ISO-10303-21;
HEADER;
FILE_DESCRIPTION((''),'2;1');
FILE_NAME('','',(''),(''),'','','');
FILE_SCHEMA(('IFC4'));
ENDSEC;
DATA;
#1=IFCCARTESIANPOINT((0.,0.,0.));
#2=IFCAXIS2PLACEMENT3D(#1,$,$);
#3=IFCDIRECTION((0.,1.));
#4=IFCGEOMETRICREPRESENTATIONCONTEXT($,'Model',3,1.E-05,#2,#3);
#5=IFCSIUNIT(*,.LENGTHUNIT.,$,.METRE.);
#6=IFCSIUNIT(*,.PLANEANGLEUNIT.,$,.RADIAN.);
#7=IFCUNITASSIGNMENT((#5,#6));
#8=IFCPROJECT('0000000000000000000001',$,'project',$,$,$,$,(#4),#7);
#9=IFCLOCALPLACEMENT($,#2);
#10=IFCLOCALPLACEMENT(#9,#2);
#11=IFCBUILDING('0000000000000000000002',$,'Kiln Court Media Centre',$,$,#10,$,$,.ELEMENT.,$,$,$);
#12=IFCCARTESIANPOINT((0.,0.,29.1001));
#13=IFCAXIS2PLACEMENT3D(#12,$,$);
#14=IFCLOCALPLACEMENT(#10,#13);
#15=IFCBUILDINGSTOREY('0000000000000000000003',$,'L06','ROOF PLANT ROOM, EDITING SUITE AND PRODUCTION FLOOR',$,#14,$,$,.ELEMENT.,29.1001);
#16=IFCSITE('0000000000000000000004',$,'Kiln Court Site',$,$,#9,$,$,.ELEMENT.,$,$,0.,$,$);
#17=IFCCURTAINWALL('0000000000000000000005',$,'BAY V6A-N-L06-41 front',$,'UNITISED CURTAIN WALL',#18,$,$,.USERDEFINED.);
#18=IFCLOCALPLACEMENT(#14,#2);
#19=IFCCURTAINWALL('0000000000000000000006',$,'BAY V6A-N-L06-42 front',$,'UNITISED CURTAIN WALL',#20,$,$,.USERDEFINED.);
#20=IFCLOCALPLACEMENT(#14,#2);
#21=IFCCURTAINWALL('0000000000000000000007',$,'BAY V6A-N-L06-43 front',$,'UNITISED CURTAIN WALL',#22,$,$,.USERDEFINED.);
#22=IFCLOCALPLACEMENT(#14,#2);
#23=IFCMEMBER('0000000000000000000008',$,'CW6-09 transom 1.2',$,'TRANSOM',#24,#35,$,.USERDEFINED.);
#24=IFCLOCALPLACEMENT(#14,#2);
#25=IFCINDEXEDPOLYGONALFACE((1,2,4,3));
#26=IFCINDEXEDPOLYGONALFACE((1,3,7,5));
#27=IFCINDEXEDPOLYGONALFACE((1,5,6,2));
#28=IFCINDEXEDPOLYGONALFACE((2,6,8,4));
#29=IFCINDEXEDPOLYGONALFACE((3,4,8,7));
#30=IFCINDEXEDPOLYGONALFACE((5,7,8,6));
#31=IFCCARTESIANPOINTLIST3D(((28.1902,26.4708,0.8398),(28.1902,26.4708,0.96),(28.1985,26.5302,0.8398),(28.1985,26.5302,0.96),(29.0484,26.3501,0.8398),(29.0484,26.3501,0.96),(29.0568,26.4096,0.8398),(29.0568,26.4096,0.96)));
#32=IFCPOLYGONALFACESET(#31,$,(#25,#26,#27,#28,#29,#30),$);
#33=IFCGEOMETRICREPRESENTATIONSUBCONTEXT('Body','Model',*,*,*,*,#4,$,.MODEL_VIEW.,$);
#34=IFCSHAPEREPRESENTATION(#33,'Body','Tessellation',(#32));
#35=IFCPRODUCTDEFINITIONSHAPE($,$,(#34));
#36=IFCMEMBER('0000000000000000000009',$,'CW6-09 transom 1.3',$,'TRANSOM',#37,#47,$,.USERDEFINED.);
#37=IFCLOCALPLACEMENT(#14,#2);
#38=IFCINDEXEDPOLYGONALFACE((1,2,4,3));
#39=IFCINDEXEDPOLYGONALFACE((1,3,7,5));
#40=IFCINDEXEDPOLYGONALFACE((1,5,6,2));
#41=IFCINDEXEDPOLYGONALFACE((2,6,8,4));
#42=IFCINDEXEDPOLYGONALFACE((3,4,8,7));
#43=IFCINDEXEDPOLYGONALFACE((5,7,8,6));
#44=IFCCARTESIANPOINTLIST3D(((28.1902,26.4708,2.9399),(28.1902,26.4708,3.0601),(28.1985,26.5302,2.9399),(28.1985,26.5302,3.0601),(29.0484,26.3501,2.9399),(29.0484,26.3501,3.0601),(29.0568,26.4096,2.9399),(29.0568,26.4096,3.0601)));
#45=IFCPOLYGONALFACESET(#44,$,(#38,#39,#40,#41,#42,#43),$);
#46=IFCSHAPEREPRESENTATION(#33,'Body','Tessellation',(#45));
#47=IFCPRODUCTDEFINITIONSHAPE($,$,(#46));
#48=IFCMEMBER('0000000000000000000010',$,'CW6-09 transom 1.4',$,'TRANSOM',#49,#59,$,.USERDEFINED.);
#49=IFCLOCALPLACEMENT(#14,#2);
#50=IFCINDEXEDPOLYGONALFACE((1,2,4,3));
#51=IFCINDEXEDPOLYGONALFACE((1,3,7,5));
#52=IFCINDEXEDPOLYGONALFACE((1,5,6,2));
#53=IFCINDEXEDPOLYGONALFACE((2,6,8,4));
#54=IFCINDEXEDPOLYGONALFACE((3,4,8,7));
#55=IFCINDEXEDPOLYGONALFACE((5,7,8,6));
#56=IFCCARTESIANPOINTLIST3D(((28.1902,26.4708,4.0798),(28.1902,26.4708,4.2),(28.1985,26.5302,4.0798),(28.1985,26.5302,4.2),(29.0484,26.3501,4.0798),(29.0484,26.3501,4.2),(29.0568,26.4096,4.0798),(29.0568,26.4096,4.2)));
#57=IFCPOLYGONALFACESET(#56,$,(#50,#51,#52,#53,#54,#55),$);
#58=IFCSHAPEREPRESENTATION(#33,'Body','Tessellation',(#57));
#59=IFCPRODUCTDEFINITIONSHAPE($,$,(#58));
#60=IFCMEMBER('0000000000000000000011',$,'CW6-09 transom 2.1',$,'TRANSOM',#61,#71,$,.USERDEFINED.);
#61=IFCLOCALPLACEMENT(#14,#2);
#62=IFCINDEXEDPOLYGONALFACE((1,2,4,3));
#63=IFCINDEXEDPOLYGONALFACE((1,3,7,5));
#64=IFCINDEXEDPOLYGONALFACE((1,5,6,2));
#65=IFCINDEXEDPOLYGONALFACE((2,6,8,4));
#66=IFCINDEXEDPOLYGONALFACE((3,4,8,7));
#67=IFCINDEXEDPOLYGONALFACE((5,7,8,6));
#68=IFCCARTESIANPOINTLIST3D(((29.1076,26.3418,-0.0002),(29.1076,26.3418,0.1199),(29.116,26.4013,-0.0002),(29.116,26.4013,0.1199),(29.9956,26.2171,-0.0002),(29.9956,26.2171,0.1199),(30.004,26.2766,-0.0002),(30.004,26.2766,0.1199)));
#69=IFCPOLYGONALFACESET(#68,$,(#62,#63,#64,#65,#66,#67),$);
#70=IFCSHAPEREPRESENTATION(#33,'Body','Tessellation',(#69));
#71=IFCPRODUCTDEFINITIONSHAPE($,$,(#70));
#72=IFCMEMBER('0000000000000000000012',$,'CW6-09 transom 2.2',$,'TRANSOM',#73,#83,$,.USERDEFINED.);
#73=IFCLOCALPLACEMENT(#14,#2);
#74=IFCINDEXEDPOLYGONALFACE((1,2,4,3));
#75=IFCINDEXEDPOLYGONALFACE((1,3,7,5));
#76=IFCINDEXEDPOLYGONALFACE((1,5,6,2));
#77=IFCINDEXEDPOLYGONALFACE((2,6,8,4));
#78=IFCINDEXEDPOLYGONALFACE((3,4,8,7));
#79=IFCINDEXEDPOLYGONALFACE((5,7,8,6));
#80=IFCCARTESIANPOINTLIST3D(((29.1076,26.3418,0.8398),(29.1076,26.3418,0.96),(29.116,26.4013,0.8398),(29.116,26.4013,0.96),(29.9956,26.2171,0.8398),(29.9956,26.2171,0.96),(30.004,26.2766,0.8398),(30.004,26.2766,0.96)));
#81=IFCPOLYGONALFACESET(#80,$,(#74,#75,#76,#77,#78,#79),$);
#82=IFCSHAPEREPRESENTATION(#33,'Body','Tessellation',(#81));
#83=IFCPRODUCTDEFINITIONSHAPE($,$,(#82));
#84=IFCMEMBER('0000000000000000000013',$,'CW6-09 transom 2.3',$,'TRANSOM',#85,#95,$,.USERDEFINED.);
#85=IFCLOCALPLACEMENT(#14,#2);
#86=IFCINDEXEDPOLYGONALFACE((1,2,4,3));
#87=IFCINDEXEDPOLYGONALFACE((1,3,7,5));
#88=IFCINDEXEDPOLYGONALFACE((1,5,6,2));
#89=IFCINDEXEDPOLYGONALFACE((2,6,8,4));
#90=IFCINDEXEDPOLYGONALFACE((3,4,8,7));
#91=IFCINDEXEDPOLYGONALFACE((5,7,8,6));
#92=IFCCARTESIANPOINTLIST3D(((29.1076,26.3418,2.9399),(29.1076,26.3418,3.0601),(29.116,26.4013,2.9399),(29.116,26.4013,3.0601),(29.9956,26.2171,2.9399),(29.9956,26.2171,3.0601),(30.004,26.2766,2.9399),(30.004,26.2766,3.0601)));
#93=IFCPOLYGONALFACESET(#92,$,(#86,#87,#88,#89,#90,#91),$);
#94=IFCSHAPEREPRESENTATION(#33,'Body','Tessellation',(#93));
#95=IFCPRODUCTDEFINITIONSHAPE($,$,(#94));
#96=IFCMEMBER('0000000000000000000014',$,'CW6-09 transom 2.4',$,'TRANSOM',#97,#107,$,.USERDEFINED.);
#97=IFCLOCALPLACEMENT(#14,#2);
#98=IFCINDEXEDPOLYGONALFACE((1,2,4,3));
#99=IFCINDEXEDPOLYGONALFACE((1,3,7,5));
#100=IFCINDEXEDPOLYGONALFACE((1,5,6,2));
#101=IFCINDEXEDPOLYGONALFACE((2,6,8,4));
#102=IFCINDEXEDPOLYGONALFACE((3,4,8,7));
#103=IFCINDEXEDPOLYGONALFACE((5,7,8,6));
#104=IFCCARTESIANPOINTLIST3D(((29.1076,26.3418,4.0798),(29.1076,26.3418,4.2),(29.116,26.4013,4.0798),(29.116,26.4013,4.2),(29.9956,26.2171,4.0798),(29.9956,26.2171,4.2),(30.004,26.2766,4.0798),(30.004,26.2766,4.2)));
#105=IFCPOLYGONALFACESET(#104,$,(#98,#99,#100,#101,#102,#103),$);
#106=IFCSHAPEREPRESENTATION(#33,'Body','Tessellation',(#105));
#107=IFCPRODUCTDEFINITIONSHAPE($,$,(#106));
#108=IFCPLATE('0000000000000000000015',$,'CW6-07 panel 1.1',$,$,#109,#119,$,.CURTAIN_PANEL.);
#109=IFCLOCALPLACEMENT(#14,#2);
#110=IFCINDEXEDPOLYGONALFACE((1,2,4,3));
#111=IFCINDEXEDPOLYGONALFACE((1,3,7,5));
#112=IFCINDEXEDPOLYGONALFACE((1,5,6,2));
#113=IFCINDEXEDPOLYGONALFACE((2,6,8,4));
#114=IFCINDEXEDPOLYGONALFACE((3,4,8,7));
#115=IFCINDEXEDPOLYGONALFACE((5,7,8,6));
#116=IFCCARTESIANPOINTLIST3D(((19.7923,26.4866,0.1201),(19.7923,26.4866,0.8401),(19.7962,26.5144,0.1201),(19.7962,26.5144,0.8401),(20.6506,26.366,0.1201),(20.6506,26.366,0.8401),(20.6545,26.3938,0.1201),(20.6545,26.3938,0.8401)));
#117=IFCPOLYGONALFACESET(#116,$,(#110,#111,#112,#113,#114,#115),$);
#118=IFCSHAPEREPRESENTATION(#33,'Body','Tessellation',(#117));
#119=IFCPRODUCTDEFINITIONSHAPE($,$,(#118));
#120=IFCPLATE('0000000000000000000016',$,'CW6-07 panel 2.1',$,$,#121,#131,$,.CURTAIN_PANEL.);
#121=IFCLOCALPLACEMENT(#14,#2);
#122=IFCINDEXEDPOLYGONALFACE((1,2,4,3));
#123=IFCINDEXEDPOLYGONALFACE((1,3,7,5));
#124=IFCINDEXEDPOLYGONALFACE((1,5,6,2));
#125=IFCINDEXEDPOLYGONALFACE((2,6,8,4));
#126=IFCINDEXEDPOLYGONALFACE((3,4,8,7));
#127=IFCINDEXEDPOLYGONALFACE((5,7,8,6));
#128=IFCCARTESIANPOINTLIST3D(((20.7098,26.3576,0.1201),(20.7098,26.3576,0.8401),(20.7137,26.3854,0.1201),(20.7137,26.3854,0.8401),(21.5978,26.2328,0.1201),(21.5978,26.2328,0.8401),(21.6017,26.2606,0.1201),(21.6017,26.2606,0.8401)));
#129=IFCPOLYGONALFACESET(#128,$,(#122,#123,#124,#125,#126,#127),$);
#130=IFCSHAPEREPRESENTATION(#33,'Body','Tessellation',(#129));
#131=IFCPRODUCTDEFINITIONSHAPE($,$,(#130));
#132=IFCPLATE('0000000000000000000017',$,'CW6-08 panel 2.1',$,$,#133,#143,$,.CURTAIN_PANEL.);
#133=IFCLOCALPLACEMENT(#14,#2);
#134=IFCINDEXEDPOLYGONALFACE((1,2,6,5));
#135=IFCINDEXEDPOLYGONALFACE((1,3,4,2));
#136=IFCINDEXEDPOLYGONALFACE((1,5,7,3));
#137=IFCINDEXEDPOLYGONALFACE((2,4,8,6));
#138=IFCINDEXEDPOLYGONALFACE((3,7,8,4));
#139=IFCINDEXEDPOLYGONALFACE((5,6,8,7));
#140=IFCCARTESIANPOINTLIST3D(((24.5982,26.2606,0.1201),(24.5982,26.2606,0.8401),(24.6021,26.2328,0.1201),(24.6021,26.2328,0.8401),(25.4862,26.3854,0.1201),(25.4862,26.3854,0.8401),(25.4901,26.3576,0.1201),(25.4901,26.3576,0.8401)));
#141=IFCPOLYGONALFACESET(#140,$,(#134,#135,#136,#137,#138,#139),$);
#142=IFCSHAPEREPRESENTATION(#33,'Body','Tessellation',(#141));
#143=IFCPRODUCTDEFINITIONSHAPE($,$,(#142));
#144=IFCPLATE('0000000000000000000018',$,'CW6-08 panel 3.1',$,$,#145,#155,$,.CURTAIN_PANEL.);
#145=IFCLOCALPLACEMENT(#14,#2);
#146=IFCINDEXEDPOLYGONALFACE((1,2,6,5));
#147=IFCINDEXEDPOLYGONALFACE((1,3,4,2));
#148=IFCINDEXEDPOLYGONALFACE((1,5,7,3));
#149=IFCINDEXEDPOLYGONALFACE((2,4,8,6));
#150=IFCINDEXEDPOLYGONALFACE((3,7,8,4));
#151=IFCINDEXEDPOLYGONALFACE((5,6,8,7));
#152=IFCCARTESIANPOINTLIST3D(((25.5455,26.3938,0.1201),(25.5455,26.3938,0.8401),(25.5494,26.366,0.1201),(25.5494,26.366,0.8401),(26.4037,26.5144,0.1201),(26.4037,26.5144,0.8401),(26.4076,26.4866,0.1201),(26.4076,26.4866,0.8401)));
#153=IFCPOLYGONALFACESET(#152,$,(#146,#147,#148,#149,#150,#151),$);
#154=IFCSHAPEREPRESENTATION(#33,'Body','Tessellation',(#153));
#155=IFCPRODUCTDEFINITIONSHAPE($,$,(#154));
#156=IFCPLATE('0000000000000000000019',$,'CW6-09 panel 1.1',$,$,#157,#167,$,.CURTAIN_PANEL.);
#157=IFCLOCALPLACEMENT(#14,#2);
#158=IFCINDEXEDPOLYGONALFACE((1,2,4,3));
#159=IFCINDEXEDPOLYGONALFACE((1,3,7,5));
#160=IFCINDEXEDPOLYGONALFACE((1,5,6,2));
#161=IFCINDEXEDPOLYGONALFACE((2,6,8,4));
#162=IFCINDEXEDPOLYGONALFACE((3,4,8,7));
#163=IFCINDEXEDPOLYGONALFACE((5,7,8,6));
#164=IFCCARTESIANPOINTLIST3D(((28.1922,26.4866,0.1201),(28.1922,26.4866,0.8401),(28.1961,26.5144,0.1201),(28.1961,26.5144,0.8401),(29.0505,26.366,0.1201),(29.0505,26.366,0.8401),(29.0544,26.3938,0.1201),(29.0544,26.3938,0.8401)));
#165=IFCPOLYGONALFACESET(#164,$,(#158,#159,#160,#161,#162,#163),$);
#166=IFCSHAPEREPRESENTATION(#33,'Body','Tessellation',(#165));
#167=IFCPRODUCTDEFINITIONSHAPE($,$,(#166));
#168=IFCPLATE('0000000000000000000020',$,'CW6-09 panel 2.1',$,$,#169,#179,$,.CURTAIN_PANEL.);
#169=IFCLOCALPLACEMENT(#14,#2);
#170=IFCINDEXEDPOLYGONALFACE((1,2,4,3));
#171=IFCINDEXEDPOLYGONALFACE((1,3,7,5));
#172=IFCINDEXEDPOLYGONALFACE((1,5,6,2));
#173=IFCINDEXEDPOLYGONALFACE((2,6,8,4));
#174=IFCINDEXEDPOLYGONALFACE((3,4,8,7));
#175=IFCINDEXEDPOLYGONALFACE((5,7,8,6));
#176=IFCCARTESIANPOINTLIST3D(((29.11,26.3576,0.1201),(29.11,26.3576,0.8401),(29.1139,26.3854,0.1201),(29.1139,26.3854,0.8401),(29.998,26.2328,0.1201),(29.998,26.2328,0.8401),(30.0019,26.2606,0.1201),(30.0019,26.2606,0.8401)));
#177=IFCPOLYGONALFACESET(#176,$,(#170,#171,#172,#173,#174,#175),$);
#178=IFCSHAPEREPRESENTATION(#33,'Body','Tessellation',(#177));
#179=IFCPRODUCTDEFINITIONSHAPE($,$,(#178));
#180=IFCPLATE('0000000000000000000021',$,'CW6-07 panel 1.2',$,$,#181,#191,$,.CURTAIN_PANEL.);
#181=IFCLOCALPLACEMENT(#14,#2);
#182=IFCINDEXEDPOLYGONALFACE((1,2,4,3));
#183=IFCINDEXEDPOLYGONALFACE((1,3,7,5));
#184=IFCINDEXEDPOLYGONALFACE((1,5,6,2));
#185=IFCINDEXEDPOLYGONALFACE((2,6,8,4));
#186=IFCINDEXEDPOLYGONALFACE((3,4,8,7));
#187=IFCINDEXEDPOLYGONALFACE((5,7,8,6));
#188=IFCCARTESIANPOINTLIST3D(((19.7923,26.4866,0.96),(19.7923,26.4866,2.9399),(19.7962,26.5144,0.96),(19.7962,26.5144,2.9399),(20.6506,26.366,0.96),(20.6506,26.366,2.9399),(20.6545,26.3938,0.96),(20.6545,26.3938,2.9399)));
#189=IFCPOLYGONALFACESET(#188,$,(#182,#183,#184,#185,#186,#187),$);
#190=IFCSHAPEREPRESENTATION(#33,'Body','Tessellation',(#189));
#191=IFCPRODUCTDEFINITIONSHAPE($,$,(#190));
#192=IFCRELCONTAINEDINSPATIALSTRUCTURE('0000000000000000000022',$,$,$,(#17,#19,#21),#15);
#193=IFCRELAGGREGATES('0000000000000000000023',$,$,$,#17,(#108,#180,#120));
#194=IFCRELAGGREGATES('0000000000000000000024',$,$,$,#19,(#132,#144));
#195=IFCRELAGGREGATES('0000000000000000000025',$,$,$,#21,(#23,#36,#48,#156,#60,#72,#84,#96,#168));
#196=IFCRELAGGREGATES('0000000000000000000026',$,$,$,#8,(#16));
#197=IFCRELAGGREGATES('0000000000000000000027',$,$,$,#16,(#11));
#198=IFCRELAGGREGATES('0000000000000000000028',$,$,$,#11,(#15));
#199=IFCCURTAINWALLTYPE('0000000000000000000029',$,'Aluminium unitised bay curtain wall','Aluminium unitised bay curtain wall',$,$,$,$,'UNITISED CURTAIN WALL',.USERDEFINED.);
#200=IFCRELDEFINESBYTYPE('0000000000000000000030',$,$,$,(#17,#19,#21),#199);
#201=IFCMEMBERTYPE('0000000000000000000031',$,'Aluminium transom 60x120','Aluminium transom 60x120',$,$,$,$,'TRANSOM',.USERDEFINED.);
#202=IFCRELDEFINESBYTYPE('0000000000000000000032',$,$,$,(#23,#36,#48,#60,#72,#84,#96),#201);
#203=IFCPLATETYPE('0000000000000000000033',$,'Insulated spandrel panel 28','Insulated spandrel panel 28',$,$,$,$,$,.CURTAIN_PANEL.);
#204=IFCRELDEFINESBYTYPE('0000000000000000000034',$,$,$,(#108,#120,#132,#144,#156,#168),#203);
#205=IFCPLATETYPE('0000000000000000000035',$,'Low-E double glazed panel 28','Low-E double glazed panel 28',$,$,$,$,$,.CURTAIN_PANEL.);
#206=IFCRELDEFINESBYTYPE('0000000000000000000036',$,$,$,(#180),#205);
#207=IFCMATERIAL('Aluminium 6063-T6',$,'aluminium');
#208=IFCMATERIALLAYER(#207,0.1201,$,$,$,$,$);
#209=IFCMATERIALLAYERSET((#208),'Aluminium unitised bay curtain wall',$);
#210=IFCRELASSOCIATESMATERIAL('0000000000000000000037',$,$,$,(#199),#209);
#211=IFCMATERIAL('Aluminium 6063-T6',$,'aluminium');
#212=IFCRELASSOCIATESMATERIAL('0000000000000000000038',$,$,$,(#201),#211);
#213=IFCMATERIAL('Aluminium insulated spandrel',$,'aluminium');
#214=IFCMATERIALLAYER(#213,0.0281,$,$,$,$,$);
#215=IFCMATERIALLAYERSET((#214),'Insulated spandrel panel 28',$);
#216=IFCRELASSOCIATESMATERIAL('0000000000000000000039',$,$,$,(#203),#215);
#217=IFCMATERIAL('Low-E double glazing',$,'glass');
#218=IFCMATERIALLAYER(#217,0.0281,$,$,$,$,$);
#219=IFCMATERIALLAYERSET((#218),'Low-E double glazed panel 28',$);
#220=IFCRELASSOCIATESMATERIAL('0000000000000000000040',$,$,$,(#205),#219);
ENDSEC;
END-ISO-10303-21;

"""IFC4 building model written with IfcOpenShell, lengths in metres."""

from ifc_helpers import new_model, si_unit, direction, frame, origin, origin_2d, place, context, subcontext, project, spatial, rectangle, extrude, material, layer, layer_set, material_profile, profile_set, type_object, element, aggregate, save


model = new_model("IFC4")

# Units and contexts
model_context = context("Model", 3, precision=1e-05, world=origin(), true_north=direction((0.0, 1.0)))
body_context = subcontext(model_context, "Body", "Model", "MODEL_VIEW")
ifc_project = project(units=[si_unit("LENGTHUNIT", "METRE"), si_unit("PLANEANGLEUNIT", "RADIAN")], contexts=[model_context])

# Site, building, storey
site_placement = place(None, origin())
site = spatial("IfcSite", under=ifc_project, at=site_placement, Name="Kiln Court Site", CompositionType="ELEMENT", RefElevation=0.0)
building_placement = place(site_placement, origin())
building = spatial("IfcBuilding", under=site, at=building_placement, Name="Kiln Court Media Centre", CompositionType="ELEMENT")
storey_placement = place(building_placement, frame((0.0, 0.0, 29.1001)))
storey = spatial("IfcBuildingStorey", under=building, at=storey_placement, Name="L06", Description="ROOF PLANT ROOM, EDITING SUITE AND PRODUCTION FLOOR", CompositionType="ELEMENT", Elevation=29.1001)

# Curtain walls
ifc_material_1 = material(Name="Aluminium 6063-T6", Category="aluminium")
ifc_layer_1 = layer(ifc_material_1, 0.1201)
ifc_layer_set_1 = layer_set([ifc_layer_1], Name="Aluminium unitised bay curtain wall")
curtain_wall_type = type_object("IfcCurtainWallType", Name="Aluminium unitised bay curtain wall", Description="Aluminium unitised bay curtain wall", ElementType="UNITISED CURTAIN WALL", PredefinedType="USERDEFINED", material=ifc_layer_set_1)
curtain_wall_1_placement = place(storey_placement, origin())
curtain_wall_1 = element("IfcCurtainWall", 1, at=curtain_wall_1_placement, inside=storey, type_object=curtain_wall_type, Name="BAY V6A-N-L06-41 front", ObjectType="UNITISED CURTAIN WALL", PredefinedType="USERDEFINED")
curtain_wall_2_placement = place(storey_placement, origin())
curtain_wall_2 = element("IfcCurtainWall", 2, at=curtain_wall_2_placement, inside=storey, type_object=curtain_wall_type, Name="BAY V6A-N-L06-42 front", ObjectType="UNITISED CURTAIN WALL", PredefinedType="USERDEFINED")
curtain_wall_3_placement = place(storey_placement, origin())
curtain_wall_3 = element("IfcCurtainWall", 3, at=curtain_wall_3_placement, inside=storey, type_object=curtain_wall_type, Name="BAY V6A-N-L06-43 front", ObjectType="UNITISED CURTAIN WALL", PredefinedType="USERDEFINED")

# Members
ifc_material_2 = material(Name="Aluminium 6063-T6", Category="aluminium")
ifc_material_profile_1 = material_profile(ifc_material_2, rectangle(XDim=0.0601, YDim=0.1201, at=origin_2d()), Name="Aluminium transom 60x120")
ifc_profile_set_1 = profile_set([ifc_material_profile_1], Name="Aluminium 6063-T6")
member_type_1 = type_object("IfcMemberType", Name="Aluminium transom 60x120", Description="Aluminium transom 60x120", ElementType="TRANSOM", PredefinedType="USERDEFINED", material=ifc_profile_set_1)
member_1_placement = place(storey_placement, frame((28.1943, 26.5005, 0.8999), z_axis=(0.990268, -0.139173, 0.0), x_axis=(0.139173, 0.990268, 0.0)))
member_1 = element("IfcMember", 4, at=member_1_placement, type_object=member_type_1, Name="CW6-09 transom 1.2", ObjectType="TRANSOM", PredefinedType="USERDEFINED", context=body_context, shape_type="SweptSolid", body=[
    extrude(rectangle(XDim=0.0601, YDim=0.1201, at=origin_2d()), origin(), (0.0, 0.0, 1.0), 0.8667),
])
member_2_placement = place(storey_placement, frame((28.1943, 26.5005, 3.0), z_axis=(0.990268, -0.139173, 0.0), x_axis=(0.139173, 0.990268, 0.0)))
member_2 = element("IfcMember", 5, at=member_2_placement, type_object=member_type_1, Name="CW6-09 transom 1.3", ObjectType="TRANSOM", PredefinedType="USERDEFINED", context=body_context, shape_type="SweptSolid", body=[
    extrude(rectangle(XDim=0.0601, YDim=0.1201, at=origin_2d()), origin(), (0.0, 0.0, 1.0), 0.8667),
])
member_3_placement = place(storey_placement, frame((28.1943, 26.5005, 4.1399), z_axis=(0.990268, -0.139173, 0.0), x_axis=(0.139173, 0.990268, 0.0)))
member_3 = element("IfcMember", 6, at=member_3_placement, type_object=member_type_1, Name="CW6-09 transom 1.4", ObjectType="TRANSOM", PredefinedType="USERDEFINED", context=body_context, shape_type="SweptSolid", body=[
    extrude(rectangle(XDim=0.0601, YDim=0.1201, at=origin_2d()), origin(), (0.0, 0.0, 1.0), 0.8667),
])
member_4_placement = place(storey_placement, frame((29.1118, 26.3716, 0.0598), z_axis=(0.990274, -0.139134, 0.0), x_axis=(0.139134, 0.990274, 0.0)))
member_4 = element("IfcMember", 7, at=member_4_placement, type_object=member_type_1, Name="CW6-09 transom 2.1", ObjectType="TRANSOM", PredefinedType="USERDEFINED", context=body_context, shape_type="SweptSolid", body=[
    extrude(rectangle(XDim=0.0601, YDim=0.1201, at=origin_2d()), origin(), (0.0, 0.0, 1.0), 0.8967),
])
member_5_placement = place(storey_placement, frame((29.1118, 26.3716, 0.8999), z_axis=(0.990274, -0.139134, 0.0), x_axis=(0.139134, 0.990274, 0.0)))
member_5 = element("IfcMember", 8, at=member_5_placement, type_object=member_type_1, Name="CW6-09 transom 2.2", ObjectType="TRANSOM", PredefinedType="USERDEFINED", context=body_context, shape_type="SweptSolid", body=[
    extrude(rectangle(XDim=0.0601, YDim=0.1201, at=origin_2d()), origin(), (0.0, 0.0, 1.0), 0.8967),
])
member_6_placement = place(storey_placement, frame((29.1118, 26.3716, 3.0), z_axis=(0.990274, -0.139134, 0.0), x_axis=(0.139134, 0.990274, 0.0)))
member_6 = element("IfcMember", 9, at=member_6_placement, type_object=member_type_1, Name="CW6-09 transom 2.3", ObjectType="TRANSOM", PredefinedType="USERDEFINED", context=body_context, shape_type="SweptSolid", body=[
    extrude(rectangle(XDim=0.0601, YDim=0.1201, at=origin_2d()), origin(), (0.0, 0.0, 1.0), 0.8967),
])
member_7_placement = place(storey_placement, frame((29.1118, 26.3716, 4.1399), z_axis=(0.990274, -0.139134, 0.0), x_axis=(0.139134, 0.990274, 0.0)))
member_7 = element("IfcMember", 10, at=member_7_placement, type_object=member_type_1, Name="CW6-09 transom 2.4", ObjectType="TRANSOM", PredefinedType="USERDEFINED", context=body_context, shape_type="SweptSolid", body=[
    extrude(rectangle(XDim=0.0601, YDim=0.1201, at=origin_2d()), origin(), (0.0, 0.0, 1.0), 0.8967),
])

# Plates
ifc_material_3 = material(Name="Aluminium insulated spandrel", Category="aluminium")
ifc_layer_2 = layer(ifc_material_3, 0.0281)
ifc_layer_set_2 = layer_set([ifc_layer_2], Name="Insulated spandrel panel 28")
plate_type_1 = type_object("IfcPlateType", Name="Insulated spandrel panel 28", Description="Insulated spandrel panel 28", PredefinedType="CURTAIN_PANEL", material=ifc_layer_set_2)
plate_1_placement = place(storey_placement, frame((20.2234, 26.4402, 0.1201), z_axis=(0.0, 0.0, 1.0), x_axis=(0.99027, -0.139162, 0.0)))
plate_1 = element("IfcPlate", 11, at=plate_1_placement, type_object=plate_type_1, Name="CW6-07 panel 1.1", PredefinedType="CURTAIN_PANEL", context=body_context, shape_type="SweptSolid", body=[
    extrude(rectangle(XDim=0.8667, YDim=0.0281, at=origin_2d()), origin(), (0.0, 0.0, 1.0), 0.72),
])
plate_2_placement = place(storey_placement, frame((21.1558, 26.3091, 0.1201), z_axis=(0.0, 0.0, 1.0), x_axis=(0.99027, -0.139162, 0.0)))
plate_2 = element("IfcPlate", 12, at=plate_2_placement, type_object=plate_type_1, Name="CW6-07 panel 2.1", PredefinedType="CURTAIN_PANEL", context=body_context, shape_type="SweptSolid", body=[
    extrude(rectangle(XDim=0.8967, YDim=0.0281, at=origin_2d()), origin(), (0.0, 0.0, 1.0), 0.72),
])
plate_3_placement = place(storey_placement, frame((25.0442, 26.3091, 0.1201), z_axis=(0.0, 0.0, 1.0), x_axis=(0.99027, 0.139162, 0.0)))
plate_3 = element("IfcPlate", 13, at=plate_3_placement, type_object=plate_type_1, Name="CW6-08 panel 2.1", PredefinedType="CURTAIN_PANEL", context=body_context, shape_type="SweptSolid", body=[
    extrude(rectangle(XDim=0.8967, YDim=0.0281, at=origin_2d()), origin(), (0.0, 0.0, 1.0), 0.72),
])
plate_4_placement = place(storey_placement, frame((25.9766, 26.4402, 0.1201), z_axis=(0.0, 0.0, 1.0), x_axis=(0.99027, 0.139162, 0.0)))
plate_4 = element("IfcPlate", 14, at=plate_4_placement, type_object=plate_type_1, Name="CW6-08 panel 3.1", PredefinedType="CURTAIN_PANEL", context=body_context, shape_type="SweptSolid", body=[
    extrude(rectangle(XDim=0.8667, YDim=0.0281, at=origin_2d()), origin(), (0.0, 0.0, 1.0), 0.72),
])
plate_5_placement = place(storey_placement, frame((28.6233, 26.4402, 0.1201), z_axis=(0.0, 0.0, 1.0), x_axis=(0.99027, -0.139162, 0.0)))
plate_5 = element("IfcPlate", 15, at=plate_5_placement, type_object=plate_type_1, Name="CW6-09 panel 1.1", PredefinedType="CURTAIN_PANEL", context=body_context, shape_type="SweptSolid", body=[
    extrude(rectangle(XDim=0.8667, YDim=0.0281, at=origin_2d()), origin(), (0.0, 0.0, 1.0), 0.72),
])
plate_6_placement = place(storey_placement, frame((29.5559, 26.3091, 0.1201), z_axis=(0.0, 0.0, 1.0), x_axis=(0.99027, -0.139162, 0.0)))
plate_6 = element("IfcPlate", 16, at=plate_6_placement, type_object=plate_type_1, Name="CW6-09 panel 2.1", PredefinedType="CURTAIN_PANEL", context=body_context, shape_type="SweptSolid", body=[
    extrude(rectangle(XDim=0.8967, YDim=0.0281, at=origin_2d()), origin(), (0.0, 0.0, 1.0), 0.72),
])
ifc_material_4 = material(Name="Low-E double glazing", Category="glass")
ifc_layer_3 = layer(ifc_material_4, 0.0281)
ifc_layer_set_3 = layer_set([ifc_layer_3], Name="Low-E double glazed panel 28")
plate_type_2 = type_object("IfcPlateType", Name="Low-E double glazed panel 28", Description="Low-E double glazed panel 28", PredefinedType="CURTAIN_PANEL", material=ifc_layer_set_3)
plate_7_placement = place(storey_placement, frame((20.2234, 26.4402, 0.96), z_axis=(0.0, 0.0, 1.0), x_axis=(0.99027, -0.139162, 0.0)))
plate_7 = element("IfcPlate", 17, at=plate_7_placement, type_object=plate_type_2, Name="CW6-07 panel 1.2", PredefinedType="CURTAIN_PANEL", context=body_context, shape_type="SweptSolid", body=[
    extrude(rectangle(XDim=0.8667, YDim=0.0281, at=origin_2d()), origin(), (0.0, 0.0, 1.0), 1.98),
])
aggregate(curtain_wall_1, [plate_1, plate_7, plate_2])
aggregate(curtain_wall_2, [plate_3, plate_4])
aggregate(curtain_wall_3, [member_1, member_2, member_3, plate_5, member_4, member_5, member_6, member_7, plate_6])

save(model, "model.ifc")
